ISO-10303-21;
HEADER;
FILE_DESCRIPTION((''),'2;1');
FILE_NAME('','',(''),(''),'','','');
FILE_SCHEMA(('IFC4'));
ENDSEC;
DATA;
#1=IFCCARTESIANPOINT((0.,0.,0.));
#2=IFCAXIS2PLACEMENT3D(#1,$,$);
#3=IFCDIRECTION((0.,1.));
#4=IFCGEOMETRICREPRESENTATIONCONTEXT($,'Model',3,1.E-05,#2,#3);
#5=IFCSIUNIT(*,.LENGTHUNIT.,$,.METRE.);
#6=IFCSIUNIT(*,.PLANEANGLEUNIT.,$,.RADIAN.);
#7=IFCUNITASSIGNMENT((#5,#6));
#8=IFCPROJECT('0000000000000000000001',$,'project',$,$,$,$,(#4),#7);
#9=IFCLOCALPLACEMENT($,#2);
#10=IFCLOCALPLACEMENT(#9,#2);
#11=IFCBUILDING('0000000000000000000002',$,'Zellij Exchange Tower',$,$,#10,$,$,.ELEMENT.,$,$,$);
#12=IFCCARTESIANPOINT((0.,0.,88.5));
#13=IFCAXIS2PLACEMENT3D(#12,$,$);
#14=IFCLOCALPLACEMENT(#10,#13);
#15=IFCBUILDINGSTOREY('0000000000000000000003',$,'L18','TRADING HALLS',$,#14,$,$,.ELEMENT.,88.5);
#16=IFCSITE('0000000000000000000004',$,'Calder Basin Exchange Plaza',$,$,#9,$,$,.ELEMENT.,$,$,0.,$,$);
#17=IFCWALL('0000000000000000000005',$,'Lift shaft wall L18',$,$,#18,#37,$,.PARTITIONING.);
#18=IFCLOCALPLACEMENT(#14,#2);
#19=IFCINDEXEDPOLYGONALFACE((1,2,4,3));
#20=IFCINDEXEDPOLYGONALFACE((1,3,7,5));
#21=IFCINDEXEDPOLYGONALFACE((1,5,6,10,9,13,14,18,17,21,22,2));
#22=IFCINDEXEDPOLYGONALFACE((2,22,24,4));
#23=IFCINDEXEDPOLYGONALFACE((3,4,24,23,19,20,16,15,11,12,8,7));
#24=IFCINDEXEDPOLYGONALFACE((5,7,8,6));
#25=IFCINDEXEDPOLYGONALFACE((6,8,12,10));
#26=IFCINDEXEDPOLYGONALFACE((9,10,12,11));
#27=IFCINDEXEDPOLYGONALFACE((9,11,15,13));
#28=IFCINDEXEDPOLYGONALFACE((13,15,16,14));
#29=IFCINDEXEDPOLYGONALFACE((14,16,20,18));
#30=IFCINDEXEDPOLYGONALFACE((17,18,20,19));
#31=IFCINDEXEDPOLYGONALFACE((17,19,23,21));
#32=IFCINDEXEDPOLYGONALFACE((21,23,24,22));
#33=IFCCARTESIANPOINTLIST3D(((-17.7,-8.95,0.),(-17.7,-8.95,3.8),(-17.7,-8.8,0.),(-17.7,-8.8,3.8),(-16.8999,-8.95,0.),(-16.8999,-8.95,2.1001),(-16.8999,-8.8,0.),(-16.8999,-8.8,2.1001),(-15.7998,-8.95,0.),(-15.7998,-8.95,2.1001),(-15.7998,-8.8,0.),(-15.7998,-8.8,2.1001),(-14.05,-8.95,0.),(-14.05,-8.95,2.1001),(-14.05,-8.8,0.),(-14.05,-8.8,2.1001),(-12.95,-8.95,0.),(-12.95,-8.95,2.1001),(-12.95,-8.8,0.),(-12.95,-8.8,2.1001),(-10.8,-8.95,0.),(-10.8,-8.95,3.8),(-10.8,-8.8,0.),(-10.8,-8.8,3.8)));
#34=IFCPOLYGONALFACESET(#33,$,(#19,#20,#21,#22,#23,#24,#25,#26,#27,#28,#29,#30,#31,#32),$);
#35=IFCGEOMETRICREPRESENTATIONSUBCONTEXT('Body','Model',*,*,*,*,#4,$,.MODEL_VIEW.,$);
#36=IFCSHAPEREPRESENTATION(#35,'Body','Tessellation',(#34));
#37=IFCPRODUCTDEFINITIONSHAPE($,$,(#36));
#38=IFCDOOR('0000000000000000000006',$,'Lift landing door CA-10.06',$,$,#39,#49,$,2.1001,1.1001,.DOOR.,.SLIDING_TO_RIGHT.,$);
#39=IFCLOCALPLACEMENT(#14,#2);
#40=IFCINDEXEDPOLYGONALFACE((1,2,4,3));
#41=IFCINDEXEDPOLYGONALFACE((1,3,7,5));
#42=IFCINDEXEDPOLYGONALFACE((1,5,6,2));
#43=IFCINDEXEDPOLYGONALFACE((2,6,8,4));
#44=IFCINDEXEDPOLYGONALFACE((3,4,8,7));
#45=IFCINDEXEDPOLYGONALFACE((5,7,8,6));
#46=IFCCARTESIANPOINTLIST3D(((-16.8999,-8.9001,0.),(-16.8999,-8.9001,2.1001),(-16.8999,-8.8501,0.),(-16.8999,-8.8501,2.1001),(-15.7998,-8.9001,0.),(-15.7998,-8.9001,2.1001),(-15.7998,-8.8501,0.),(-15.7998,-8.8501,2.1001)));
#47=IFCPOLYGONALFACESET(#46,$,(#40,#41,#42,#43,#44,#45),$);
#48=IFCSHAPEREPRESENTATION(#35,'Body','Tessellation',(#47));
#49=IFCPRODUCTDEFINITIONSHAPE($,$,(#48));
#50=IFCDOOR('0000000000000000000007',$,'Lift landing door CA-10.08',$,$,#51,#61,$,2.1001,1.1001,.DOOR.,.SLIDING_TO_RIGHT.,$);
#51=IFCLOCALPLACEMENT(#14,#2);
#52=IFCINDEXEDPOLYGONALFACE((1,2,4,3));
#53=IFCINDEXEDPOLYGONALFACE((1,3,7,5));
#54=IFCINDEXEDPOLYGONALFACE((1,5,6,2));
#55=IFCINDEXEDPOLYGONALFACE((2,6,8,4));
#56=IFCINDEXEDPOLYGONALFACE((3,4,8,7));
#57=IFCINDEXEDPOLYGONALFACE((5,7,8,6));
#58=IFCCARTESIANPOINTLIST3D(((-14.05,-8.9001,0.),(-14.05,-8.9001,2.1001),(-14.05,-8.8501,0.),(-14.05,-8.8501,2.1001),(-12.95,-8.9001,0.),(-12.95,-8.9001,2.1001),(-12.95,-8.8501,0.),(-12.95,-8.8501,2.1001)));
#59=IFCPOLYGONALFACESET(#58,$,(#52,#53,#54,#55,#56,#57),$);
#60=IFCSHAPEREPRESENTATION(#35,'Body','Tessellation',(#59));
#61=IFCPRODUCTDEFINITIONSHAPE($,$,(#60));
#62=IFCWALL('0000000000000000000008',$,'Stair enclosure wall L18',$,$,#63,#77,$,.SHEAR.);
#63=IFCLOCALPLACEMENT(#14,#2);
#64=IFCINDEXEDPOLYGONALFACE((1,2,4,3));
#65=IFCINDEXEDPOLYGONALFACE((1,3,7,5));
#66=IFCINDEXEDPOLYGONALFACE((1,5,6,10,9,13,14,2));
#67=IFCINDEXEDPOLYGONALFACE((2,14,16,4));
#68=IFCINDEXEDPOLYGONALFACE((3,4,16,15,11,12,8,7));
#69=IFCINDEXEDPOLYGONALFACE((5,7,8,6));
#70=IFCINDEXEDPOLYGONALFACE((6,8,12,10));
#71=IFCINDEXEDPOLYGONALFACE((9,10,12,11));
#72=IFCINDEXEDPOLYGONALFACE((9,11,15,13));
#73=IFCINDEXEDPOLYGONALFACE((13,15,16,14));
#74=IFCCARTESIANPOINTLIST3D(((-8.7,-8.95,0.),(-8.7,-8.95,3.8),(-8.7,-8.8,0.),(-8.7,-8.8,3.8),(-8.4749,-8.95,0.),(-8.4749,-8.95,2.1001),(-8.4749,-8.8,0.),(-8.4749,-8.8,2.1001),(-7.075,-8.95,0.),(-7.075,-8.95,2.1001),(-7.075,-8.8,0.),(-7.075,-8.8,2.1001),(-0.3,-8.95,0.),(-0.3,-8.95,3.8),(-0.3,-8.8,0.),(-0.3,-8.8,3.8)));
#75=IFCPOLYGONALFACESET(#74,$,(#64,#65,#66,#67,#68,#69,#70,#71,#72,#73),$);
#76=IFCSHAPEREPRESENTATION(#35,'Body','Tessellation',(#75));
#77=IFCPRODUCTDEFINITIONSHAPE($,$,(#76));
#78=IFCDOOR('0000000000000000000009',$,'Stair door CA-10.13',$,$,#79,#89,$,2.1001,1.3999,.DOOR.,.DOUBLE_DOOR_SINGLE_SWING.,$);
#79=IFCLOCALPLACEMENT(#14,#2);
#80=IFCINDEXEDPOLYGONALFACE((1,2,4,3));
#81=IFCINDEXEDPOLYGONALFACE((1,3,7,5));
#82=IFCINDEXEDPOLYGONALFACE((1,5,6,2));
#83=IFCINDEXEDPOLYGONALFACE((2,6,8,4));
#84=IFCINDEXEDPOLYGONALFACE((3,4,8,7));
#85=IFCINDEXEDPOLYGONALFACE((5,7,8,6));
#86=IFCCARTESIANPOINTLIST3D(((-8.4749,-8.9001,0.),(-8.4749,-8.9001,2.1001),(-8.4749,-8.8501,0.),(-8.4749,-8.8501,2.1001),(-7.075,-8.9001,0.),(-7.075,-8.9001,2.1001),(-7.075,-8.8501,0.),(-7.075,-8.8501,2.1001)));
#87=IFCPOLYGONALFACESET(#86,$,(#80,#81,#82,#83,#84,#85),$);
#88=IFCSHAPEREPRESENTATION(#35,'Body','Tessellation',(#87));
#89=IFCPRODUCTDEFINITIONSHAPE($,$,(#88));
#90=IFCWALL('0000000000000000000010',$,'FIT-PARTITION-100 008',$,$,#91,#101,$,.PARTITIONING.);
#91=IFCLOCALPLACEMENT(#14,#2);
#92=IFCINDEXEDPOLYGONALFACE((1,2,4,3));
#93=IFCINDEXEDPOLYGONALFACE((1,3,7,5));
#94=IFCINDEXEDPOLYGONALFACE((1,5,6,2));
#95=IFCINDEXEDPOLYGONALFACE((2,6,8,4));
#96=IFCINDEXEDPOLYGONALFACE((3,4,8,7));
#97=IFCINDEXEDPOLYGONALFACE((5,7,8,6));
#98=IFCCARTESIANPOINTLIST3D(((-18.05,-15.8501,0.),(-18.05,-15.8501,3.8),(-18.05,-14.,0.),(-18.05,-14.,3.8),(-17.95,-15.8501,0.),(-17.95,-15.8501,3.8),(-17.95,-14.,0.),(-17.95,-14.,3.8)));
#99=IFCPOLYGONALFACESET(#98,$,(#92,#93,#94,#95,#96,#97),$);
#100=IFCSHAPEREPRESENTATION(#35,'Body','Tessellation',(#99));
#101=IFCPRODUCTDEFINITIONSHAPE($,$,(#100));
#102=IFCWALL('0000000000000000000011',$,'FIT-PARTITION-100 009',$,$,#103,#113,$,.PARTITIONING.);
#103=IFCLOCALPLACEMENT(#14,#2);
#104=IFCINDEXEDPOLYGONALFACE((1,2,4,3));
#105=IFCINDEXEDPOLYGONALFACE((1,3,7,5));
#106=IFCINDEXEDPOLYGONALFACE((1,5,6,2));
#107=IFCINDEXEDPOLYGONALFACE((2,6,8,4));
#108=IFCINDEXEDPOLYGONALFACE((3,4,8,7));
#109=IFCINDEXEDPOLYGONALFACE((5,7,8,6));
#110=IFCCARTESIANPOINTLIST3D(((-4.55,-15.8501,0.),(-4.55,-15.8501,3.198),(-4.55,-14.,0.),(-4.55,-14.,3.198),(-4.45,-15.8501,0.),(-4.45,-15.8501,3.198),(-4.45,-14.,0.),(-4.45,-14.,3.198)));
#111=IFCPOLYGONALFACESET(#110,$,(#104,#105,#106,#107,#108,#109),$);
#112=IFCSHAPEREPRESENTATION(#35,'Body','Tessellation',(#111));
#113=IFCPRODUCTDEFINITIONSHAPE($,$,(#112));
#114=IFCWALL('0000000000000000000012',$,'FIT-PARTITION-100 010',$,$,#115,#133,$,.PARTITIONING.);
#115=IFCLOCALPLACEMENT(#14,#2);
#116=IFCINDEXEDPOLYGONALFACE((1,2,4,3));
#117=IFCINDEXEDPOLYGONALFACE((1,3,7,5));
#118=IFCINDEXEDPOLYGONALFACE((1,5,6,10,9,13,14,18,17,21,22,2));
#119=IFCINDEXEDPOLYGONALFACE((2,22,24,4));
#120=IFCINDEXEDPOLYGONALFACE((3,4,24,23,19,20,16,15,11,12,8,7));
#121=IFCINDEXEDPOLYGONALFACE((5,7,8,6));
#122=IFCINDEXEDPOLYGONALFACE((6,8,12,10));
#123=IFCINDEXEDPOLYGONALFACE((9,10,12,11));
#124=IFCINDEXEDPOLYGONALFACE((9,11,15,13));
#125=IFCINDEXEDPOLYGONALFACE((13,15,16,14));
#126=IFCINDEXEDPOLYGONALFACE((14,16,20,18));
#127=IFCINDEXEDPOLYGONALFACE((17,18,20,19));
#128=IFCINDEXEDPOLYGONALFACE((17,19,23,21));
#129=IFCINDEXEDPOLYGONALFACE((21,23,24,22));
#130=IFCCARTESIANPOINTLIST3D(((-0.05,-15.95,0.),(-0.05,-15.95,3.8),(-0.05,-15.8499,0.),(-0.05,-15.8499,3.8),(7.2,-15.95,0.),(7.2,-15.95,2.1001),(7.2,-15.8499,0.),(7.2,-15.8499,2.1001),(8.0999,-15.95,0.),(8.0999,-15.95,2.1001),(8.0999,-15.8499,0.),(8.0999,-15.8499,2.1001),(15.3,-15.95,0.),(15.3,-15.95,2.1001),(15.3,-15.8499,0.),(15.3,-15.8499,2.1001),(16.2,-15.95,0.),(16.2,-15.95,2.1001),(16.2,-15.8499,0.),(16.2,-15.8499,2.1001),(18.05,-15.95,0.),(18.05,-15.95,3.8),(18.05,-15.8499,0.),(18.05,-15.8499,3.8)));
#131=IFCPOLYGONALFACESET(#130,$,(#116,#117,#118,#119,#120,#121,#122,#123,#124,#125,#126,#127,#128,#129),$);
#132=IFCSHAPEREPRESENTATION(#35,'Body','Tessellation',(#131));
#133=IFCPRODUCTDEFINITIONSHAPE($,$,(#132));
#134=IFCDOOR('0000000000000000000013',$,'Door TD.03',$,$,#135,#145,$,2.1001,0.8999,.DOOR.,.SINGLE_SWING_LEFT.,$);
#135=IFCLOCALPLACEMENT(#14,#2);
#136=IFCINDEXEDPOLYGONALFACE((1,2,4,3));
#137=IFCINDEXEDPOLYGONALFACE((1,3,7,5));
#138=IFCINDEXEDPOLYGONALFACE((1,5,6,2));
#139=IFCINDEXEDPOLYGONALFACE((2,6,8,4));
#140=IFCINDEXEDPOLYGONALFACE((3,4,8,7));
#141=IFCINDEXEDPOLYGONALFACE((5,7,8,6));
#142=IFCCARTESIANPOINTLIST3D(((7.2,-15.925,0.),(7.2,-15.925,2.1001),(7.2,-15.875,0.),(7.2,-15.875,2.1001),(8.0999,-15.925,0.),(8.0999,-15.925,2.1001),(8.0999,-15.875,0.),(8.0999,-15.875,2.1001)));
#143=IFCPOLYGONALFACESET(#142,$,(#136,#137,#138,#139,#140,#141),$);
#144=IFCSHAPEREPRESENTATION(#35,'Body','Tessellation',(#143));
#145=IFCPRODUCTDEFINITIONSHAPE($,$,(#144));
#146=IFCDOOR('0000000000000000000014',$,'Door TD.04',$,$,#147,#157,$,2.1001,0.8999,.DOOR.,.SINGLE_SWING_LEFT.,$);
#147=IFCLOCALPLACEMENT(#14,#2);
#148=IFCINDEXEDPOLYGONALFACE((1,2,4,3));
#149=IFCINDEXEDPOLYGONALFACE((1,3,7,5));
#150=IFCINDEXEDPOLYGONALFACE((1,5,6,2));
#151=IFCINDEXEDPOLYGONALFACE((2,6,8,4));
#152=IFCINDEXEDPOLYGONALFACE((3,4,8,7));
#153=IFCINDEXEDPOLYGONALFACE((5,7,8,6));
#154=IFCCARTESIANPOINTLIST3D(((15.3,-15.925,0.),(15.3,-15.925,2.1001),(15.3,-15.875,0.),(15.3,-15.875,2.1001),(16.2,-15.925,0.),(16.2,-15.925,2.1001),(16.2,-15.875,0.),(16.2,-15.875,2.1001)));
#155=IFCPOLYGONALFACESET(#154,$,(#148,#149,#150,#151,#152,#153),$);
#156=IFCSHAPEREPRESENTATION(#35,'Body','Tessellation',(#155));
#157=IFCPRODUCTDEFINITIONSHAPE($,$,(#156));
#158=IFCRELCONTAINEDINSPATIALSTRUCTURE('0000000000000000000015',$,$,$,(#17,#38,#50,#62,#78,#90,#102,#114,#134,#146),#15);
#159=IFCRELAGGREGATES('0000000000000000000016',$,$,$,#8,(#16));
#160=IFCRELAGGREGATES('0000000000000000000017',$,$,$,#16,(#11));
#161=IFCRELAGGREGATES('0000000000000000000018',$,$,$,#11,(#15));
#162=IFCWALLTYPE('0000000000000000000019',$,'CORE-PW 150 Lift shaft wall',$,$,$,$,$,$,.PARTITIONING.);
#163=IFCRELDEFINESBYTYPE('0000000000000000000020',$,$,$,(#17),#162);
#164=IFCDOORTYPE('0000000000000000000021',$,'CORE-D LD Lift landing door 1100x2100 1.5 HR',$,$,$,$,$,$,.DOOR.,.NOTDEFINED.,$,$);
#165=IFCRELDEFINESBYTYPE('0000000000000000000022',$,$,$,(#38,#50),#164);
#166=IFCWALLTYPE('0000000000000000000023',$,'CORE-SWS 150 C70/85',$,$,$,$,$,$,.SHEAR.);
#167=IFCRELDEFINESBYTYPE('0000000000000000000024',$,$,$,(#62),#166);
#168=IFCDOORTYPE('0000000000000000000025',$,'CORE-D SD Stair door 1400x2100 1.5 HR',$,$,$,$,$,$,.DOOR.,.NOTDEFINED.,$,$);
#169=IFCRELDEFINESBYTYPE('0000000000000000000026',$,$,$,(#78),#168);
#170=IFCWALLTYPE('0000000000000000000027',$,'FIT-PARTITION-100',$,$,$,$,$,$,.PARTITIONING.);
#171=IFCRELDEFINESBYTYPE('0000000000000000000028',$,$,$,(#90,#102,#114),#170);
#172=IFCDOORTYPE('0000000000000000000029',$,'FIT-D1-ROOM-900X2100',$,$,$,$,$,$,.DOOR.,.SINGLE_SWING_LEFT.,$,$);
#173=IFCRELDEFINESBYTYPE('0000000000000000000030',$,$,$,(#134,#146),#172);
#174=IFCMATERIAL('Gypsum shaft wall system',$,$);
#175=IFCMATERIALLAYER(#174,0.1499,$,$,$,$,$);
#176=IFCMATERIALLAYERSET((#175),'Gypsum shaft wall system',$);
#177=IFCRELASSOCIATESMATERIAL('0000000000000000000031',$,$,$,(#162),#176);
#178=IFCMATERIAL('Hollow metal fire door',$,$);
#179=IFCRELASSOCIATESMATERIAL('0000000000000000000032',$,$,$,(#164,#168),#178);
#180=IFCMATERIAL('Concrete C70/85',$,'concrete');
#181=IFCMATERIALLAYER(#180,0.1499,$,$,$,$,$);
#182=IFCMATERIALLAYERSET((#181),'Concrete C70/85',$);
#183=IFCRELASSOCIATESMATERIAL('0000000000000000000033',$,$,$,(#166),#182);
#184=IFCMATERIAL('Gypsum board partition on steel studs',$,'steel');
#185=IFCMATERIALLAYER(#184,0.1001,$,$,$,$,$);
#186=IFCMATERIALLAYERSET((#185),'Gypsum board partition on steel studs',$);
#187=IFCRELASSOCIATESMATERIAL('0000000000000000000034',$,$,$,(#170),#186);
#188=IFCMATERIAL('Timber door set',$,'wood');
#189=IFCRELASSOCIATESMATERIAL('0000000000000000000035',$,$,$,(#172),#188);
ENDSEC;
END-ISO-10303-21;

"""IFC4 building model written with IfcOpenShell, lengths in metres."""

from ifc_helpers import new_model, si_unit, direction, frame, frame_2d, origin, place, context, subcontext, project, spatial, rectangle, extrude, material, layer, layer_set, type_object, element, fill, save


model = new_model("IFC4")

# Units and contexts
model_context = context("Model", 3, precision=1e-05, world=origin(), true_north=direction((0.0, 1.0)))
body_context = subcontext(model_context, "Body", "Model", "MODEL_VIEW")
ifc_project = project(units=[si_unit("LENGTHUNIT", "METRE"), si_unit("PLANEANGLEUNIT", "RADIAN")], contexts=[model_context])

# Site, building, storey
site_placement = place(None, origin())
site = spatial("IfcSite", under=ifc_project, at=site_placement, Name="Calder Basin Exchange Plaza", CompositionType="ELEMENT", RefElevation=0.0)
building_placement = place(site_placement, origin())
building = spatial("IfcBuilding", under=site, at=building_placement, Name="Zellij Exchange Tower", CompositionType="ELEMENT")
storey_placement = place(building_placement, frame((0.0, 0.0, 88.5)))
storey = spatial("IfcBuildingStorey", under=building, at=storey_placement, Name="L18", Description="TRADING HALLS", CompositionType="ELEMENT", Elevation=88.5)

# Shared definitions
ifc_material_1 = material(Name="Concrete C70/85", Category="concrete")

# Shared definitions
ifc_material_2 = material(Name="Gypsum shaft wall system")
ifc_material_3 = material(Name="Hollow metal fire door")

# Shared definitions
ifc_layer_1 = layer(ifc_material_2, 0.1499)
ifc_layer_set_1 = layer_set([ifc_layer_1], Name="Gypsum shaft wall system")
wall_type_1 = type_object("IfcWallType", Name="CORE-PW 150 Lift shaft wall", PredefinedType="PARTITIONING", material=ifc_layer_set_1)

# Wall, openings, doors
wall_1_placement = place(storey_placement, frame((-17.7, -8.875, 0.0), z_axis=(0.0, 0.0, 1.0), x_axis=(1.0, 0.0, 0.0)))
wall_1 = element("IfcWall", 1, at=wall_1_placement, inside=storey, type_object=wall_type_1, Name="Lift shaft wall L18", PredefinedType="PARTITIONING", context=body_context, shape_type="SweptSolid", body=[
    extrude(rectangle(XDim=6.8999, YDim=0.1499, at=frame_2d((3.45, 0.0))), origin(), (0.0, 0.0, 1.0), 3.8),
])
opening_1_placement = place(wall_1_placement, frame((0.8, 0.0, 0.0)))
opening_1 = element("IfcOpeningElement", 2, at=opening_1_placement, cuts=wall_1, PredefinedType="OPENING", context=body_context, shape_type="SweptSolid", body=[
    extrude(rectangle(XDim=1.1001, YDim=2.1001, at=frame_2d((0.55, 1.05))), frame((0.0, 0.0869, 0.0), z_axis=(0.0, -1.0, 0.0), x_axis=(1.0, 0.0, 0.0)), (0.0, 0.0, 1.0), 0.1738),
])
opening_2_placement = place(wall_1_placement, frame((3.6499, 0.0, 0.0)))
opening_2 = element("IfcOpeningElement", 3, at=opening_2_placement, cuts=wall_1, PredefinedType="OPENING", context=body_context, shape_type="SweptSolid", body=[
    extrude(rectangle(XDim=1.1001, YDim=2.1001, at=frame_2d((0.55, 1.05))), frame((0.0, 0.0869, 0.0), z_axis=(0.0, -1.0, 0.0), x_axis=(1.0, 0.0, 0.0)), (0.0, 0.0, 1.0), 0.1738),
])
door_type_1 = type_object("IfcDoorType", Name="CORE-D LD Lift landing door 1100x2100 1.5 HR", OperationType="NOTDEFINED", PredefinedType="DOOR", material=ifc_material_3)
door_1_placement = place(opening_1_placement, origin())
door_1 = element("IfcDoor", 4, at=door_1_placement, inside=storey, type_object=door_type_1, Name="Lift landing door CA-10.06", OperationType="SLIDING_TO_RIGHT", OverallHeight=2.1001, OverallWidth=1.1001, PredefinedType="DOOR", context=body_context, shape_type="SweptSolid", body=[
    extrude(rectangle(XDim=1.1001, YDim=2.1001, at=frame_2d((0.55, 1.05))), frame((0.0, 0.0249, 0.0), z_axis=(0.0, -1.0, 0.0), x_axis=(1.0, 0.0, 0.0)), (0.0, 0.0, 1.0), 0.05),
])
fill(opening_1, door_1)
door_2_placement = place(opening_2_placement, origin())
door_2 = element("IfcDoor", 5, at=door_2_placement, inside=storey, type_object=door_type_1, Name="Lift landing door CA-10.08", OperationType="SLIDING_TO_RIGHT", OverallHeight=2.1001, OverallWidth=1.1001, PredefinedType="DOOR", context=body_context, shape_type="SweptSolid", body=[
    extrude(rectangle(XDim=1.1001, YDim=2.1001, at=frame_2d((0.55, 1.05))), frame((0.0, 0.0249, 0.0), z_axis=(0.0, -1.0, 0.0), x_axis=(1.0, 0.0, 0.0)), (0.0, 0.0, 1.0), 0.05),
])
fill(opening_2, door_2)

# Wall, opening, door
ifc_layer_2 = layer(ifc_material_1, 0.1499)
ifc_layer_set_2 = layer_set([ifc_layer_2], Name="Concrete C70/85")
wall_type_2 = type_object("IfcWallType", Name="CORE-SWS 150 C70/85", PredefinedType="SHEAR", material=ifc_layer_set_2)
wall_2_placement = place(storey_placement, frame((-8.7, -8.875, 0.0), z_axis=(0.0, 0.0, 1.0), x_axis=(1.0, 0.0, 0.0)))
wall_2 = element("IfcWall", 6, at=wall_2_placement, inside=storey, type_object=wall_type_2, Name="Stair enclosure wall L18", PredefinedType="SHEAR", context=body_context, shape_type="SweptSolid", body=[
    extrude(rectangle(XDim=8.3999, YDim=0.1499, at=frame_2d((4.2, 0.0))), origin(), (0.0, 0.0, 1.0), 3.8),
])
opening_3_placement = place(wall_2_placement, frame((0.2251, 0.0, 0.0)))
opening_3 = element("IfcOpeningElement", 7, at=opening_3_placement, cuts=wall_2, PredefinedType="OPENING", context=body_context, shape_type="SweptSolid", body=[
    extrude(rectangle(XDim=1.3999, YDim=2.1001, at=frame_2d((0.7, 1.05))), frame((0.0, 0.0869, 0.0), z_axis=(0.0, -1.0, 0.0), x_axis=(1.0, 0.0, 0.0)), (0.0, 0.0, 1.0), 0.1738),
])
door_type_2 = type_object("IfcDoorType", Name="CORE-D SD Stair door 1400x2100 1.5 HR", OperationType="NOTDEFINED", PredefinedType="DOOR", material=ifc_material_3)
door_3_placement = place(opening_3_placement, origin())
door_3 = element("IfcDoor", 8, at=door_3_placement, inside=storey, type_object=door_type_2, Name="Stair door CA-10.13", OperationType="DOUBLE_DOOR_SINGLE_SWING", OverallHeight=2.1001, OverallWidth=1.3999, PredefinedType="DOOR", context=body_context, shape_type="SweptSolid", body=[
    extrude(rectangle(XDim=1.3999, YDim=2.1001, at=frame_2d((0.7, 1.05))), frame((0.0, 0.0249, 0.0), z_axis=(0.0, -1.0, 0.0), x_axis=(1.0, 0.0, 0.0)), (0.0, 0.0, 1.0), 0.05),
])
fill(opening_3, door_3)

# Walls
ifc_material_4 = material(Name="Gypsum board partition on steel studs", Category="steel")
ifc_layer_3 = layer(ifc_material_4, 0.1001)
ifc_layer_set_3 = layer_set([ifc_layer_3], Name="Gypsum board partition on steel studs")
wall_type_3 = type_object("IfcWallType", Name="FIT-PARTITION-100", PredefinedType="PARTITIONING", material=ifc_layer_set_3)
wall_3_placement = place(storey_placement, frame((-18.0, -15.8501, 0.0), z_axis=(0.0, 0.0, 1.0), x_axis=(0.0, 1.0, 0.0)))
element("IfcWall", 9, at=wall_3_placement, inside=storey, type_object=wall_type_3, Name="FIT-PARTITION-100 008", PredefinedType="PARTITIONING", context=body_context, shape_type="SweptSolid", body=[
    extrude(rectangle(XDim=1.8501, YDim=0.1001, at=frame_2d((0.925, 0.0))), origin(), (0.0, 0.0, 1.0), 3.8),
])
wall_4_placement = place(storey_placement, frame((-4.5, -15.8501, 0.0), z_axis=(0.0, 0.0, 1.0), x_axis=(0.0, 1.0, 0.0)))
element("IfcWall", 10, at=wall_4_placement, inside=storey, type_object=wall_type_3, Name="FIT-PARTITION-100 009", PredefinedType="PARTITIONING", context=body_context, shape_type="SweptSolid", body=[
    extrude(rectangle(XDim=1.8501, YDim=0.1001, at=frame_2d((0.925, 0.0))), origin(), (0.0, 0.0, 1.0), 3.198),
])

# Wall, openings, doors
wall_5_placement = place(storey_placement, frame((-0.05, -15.8999, 0.0), z_axis=(0.0, 0.0, 1.0), x_axis=(1.0, 0.0, 0.0)))
wall_5 = element("IfcWall", 11, at=wall_5_placement, inside=storey, type_object=wall_type_3, Name="FIT-PARTITION-100 010", PredefinedType="PARTITIONING", context=body_context, shape_type="SweptSolid", body=[
    extrude(rectangle(XDim=18.1001, YDim=0.1001, at=frame_2d((9.05, 0.0))), origin(), (0.0, 0.0, 1.0), 3.8),
])
opening_4_placement = place(wall_5_placement, frame((7.25, 0.0, 0.0)))
opening_4 = element("IfcOpeningElement", 12, at=opening_4_placement, cuts=wall_5, PredefinedType="OPENING", context=body_context, shape_type="SweptSolid", body=[
    extrude(rectangle(XDim=0.8999, YDim=2.1001, at=frame_2d((0.45, 1.05))), frame((0.0, 0.062, 0.0), z_axis=(0.0, -1.0, 0.0), x_axis=(1.0, 0.0, 0.0)), (0.0, 0.0, 1.0), 0.124),
])
opening_5_placement = place(wall_5_placement, frame((15.3501, 0.0, 0.0)))
opening_5 = element("IfcOpeningElement", 13, at=opening_5_placement, cuts=wall_5, PredefinedType="OPENING", context=body_context, shape_type="SweptSolid", body=[
    extrude(rectangle(XDim=0.8999, YDim=2.1001, at=frame_2d((0.45, 1.05))), frame((0.0, 0.062, 0.0), z_axis=(0.0, -1.0, 0.0), x_axis=(1.0, 0.0, 0.0)), (0.0, 0.0, 1.0), 0.124),
])
ifc_material_5 = material(Name="Timber door set", Category="wood")
door_type_3 = type_object("IfcDoorType", Name="FIT-D1-ROOM-900X2100", OperationType="SINGLE_SWING_LEFT", PredefinedType="DOOR", material=ifc_material_5)
door_4_placement = place(opening_4_placement, origin())
door_4 = element("IfcDoor", 14, at=door_4_placement, inside=storey, type_object=door_type_3, Name="Door TD.03", OperationType="SINGLE_SWING_LEFT", OverallHeight=2.1001, OverallWidth=0.8999, PredefinedType="DOOR", context=body_context, shape_type="SweptSolid", body=[
    extrude(rectangle(XDim=0.8999, YDim=2.1001, at=frame_2d((0.45, 1.05))), frame((0.0, 0.0249, 0.0), z_axis=(0.0, -1.0, 0.0), x_axis=(1.0, 0.0, 0.0)), (0.0, 0.0, 1.0), 0.05),
])
fill(opening_4, door_4)
door_5_placement = place(opening_5_placement, origin())
door_5 = element("IfcDoor", 15, at=door_5_placement, inside=storey, type_object=door_type_3, Name="Door TD.04", OperationType="SINGLE_SWING_LEFT", OverallHeight=2.1001, OverallWidth=0.8999, PredefinedType="DOOR", context=body_context, shape_type="SweptSolid", body=[
    extrude(rectangle(XDim=0.8999, YDim=2.1001, at=frame_2d((0.45, 1.05))), frame((0.0, 0.0249, 0.0), z_axis=(0.0, -1.0, 0.0), x_axis=(1.0, 0.0, 0.0)), (0.0, 0.0, 1.0), 0.05),
])
fill(opening_5, door_5)

save(model, "model.ifc")
